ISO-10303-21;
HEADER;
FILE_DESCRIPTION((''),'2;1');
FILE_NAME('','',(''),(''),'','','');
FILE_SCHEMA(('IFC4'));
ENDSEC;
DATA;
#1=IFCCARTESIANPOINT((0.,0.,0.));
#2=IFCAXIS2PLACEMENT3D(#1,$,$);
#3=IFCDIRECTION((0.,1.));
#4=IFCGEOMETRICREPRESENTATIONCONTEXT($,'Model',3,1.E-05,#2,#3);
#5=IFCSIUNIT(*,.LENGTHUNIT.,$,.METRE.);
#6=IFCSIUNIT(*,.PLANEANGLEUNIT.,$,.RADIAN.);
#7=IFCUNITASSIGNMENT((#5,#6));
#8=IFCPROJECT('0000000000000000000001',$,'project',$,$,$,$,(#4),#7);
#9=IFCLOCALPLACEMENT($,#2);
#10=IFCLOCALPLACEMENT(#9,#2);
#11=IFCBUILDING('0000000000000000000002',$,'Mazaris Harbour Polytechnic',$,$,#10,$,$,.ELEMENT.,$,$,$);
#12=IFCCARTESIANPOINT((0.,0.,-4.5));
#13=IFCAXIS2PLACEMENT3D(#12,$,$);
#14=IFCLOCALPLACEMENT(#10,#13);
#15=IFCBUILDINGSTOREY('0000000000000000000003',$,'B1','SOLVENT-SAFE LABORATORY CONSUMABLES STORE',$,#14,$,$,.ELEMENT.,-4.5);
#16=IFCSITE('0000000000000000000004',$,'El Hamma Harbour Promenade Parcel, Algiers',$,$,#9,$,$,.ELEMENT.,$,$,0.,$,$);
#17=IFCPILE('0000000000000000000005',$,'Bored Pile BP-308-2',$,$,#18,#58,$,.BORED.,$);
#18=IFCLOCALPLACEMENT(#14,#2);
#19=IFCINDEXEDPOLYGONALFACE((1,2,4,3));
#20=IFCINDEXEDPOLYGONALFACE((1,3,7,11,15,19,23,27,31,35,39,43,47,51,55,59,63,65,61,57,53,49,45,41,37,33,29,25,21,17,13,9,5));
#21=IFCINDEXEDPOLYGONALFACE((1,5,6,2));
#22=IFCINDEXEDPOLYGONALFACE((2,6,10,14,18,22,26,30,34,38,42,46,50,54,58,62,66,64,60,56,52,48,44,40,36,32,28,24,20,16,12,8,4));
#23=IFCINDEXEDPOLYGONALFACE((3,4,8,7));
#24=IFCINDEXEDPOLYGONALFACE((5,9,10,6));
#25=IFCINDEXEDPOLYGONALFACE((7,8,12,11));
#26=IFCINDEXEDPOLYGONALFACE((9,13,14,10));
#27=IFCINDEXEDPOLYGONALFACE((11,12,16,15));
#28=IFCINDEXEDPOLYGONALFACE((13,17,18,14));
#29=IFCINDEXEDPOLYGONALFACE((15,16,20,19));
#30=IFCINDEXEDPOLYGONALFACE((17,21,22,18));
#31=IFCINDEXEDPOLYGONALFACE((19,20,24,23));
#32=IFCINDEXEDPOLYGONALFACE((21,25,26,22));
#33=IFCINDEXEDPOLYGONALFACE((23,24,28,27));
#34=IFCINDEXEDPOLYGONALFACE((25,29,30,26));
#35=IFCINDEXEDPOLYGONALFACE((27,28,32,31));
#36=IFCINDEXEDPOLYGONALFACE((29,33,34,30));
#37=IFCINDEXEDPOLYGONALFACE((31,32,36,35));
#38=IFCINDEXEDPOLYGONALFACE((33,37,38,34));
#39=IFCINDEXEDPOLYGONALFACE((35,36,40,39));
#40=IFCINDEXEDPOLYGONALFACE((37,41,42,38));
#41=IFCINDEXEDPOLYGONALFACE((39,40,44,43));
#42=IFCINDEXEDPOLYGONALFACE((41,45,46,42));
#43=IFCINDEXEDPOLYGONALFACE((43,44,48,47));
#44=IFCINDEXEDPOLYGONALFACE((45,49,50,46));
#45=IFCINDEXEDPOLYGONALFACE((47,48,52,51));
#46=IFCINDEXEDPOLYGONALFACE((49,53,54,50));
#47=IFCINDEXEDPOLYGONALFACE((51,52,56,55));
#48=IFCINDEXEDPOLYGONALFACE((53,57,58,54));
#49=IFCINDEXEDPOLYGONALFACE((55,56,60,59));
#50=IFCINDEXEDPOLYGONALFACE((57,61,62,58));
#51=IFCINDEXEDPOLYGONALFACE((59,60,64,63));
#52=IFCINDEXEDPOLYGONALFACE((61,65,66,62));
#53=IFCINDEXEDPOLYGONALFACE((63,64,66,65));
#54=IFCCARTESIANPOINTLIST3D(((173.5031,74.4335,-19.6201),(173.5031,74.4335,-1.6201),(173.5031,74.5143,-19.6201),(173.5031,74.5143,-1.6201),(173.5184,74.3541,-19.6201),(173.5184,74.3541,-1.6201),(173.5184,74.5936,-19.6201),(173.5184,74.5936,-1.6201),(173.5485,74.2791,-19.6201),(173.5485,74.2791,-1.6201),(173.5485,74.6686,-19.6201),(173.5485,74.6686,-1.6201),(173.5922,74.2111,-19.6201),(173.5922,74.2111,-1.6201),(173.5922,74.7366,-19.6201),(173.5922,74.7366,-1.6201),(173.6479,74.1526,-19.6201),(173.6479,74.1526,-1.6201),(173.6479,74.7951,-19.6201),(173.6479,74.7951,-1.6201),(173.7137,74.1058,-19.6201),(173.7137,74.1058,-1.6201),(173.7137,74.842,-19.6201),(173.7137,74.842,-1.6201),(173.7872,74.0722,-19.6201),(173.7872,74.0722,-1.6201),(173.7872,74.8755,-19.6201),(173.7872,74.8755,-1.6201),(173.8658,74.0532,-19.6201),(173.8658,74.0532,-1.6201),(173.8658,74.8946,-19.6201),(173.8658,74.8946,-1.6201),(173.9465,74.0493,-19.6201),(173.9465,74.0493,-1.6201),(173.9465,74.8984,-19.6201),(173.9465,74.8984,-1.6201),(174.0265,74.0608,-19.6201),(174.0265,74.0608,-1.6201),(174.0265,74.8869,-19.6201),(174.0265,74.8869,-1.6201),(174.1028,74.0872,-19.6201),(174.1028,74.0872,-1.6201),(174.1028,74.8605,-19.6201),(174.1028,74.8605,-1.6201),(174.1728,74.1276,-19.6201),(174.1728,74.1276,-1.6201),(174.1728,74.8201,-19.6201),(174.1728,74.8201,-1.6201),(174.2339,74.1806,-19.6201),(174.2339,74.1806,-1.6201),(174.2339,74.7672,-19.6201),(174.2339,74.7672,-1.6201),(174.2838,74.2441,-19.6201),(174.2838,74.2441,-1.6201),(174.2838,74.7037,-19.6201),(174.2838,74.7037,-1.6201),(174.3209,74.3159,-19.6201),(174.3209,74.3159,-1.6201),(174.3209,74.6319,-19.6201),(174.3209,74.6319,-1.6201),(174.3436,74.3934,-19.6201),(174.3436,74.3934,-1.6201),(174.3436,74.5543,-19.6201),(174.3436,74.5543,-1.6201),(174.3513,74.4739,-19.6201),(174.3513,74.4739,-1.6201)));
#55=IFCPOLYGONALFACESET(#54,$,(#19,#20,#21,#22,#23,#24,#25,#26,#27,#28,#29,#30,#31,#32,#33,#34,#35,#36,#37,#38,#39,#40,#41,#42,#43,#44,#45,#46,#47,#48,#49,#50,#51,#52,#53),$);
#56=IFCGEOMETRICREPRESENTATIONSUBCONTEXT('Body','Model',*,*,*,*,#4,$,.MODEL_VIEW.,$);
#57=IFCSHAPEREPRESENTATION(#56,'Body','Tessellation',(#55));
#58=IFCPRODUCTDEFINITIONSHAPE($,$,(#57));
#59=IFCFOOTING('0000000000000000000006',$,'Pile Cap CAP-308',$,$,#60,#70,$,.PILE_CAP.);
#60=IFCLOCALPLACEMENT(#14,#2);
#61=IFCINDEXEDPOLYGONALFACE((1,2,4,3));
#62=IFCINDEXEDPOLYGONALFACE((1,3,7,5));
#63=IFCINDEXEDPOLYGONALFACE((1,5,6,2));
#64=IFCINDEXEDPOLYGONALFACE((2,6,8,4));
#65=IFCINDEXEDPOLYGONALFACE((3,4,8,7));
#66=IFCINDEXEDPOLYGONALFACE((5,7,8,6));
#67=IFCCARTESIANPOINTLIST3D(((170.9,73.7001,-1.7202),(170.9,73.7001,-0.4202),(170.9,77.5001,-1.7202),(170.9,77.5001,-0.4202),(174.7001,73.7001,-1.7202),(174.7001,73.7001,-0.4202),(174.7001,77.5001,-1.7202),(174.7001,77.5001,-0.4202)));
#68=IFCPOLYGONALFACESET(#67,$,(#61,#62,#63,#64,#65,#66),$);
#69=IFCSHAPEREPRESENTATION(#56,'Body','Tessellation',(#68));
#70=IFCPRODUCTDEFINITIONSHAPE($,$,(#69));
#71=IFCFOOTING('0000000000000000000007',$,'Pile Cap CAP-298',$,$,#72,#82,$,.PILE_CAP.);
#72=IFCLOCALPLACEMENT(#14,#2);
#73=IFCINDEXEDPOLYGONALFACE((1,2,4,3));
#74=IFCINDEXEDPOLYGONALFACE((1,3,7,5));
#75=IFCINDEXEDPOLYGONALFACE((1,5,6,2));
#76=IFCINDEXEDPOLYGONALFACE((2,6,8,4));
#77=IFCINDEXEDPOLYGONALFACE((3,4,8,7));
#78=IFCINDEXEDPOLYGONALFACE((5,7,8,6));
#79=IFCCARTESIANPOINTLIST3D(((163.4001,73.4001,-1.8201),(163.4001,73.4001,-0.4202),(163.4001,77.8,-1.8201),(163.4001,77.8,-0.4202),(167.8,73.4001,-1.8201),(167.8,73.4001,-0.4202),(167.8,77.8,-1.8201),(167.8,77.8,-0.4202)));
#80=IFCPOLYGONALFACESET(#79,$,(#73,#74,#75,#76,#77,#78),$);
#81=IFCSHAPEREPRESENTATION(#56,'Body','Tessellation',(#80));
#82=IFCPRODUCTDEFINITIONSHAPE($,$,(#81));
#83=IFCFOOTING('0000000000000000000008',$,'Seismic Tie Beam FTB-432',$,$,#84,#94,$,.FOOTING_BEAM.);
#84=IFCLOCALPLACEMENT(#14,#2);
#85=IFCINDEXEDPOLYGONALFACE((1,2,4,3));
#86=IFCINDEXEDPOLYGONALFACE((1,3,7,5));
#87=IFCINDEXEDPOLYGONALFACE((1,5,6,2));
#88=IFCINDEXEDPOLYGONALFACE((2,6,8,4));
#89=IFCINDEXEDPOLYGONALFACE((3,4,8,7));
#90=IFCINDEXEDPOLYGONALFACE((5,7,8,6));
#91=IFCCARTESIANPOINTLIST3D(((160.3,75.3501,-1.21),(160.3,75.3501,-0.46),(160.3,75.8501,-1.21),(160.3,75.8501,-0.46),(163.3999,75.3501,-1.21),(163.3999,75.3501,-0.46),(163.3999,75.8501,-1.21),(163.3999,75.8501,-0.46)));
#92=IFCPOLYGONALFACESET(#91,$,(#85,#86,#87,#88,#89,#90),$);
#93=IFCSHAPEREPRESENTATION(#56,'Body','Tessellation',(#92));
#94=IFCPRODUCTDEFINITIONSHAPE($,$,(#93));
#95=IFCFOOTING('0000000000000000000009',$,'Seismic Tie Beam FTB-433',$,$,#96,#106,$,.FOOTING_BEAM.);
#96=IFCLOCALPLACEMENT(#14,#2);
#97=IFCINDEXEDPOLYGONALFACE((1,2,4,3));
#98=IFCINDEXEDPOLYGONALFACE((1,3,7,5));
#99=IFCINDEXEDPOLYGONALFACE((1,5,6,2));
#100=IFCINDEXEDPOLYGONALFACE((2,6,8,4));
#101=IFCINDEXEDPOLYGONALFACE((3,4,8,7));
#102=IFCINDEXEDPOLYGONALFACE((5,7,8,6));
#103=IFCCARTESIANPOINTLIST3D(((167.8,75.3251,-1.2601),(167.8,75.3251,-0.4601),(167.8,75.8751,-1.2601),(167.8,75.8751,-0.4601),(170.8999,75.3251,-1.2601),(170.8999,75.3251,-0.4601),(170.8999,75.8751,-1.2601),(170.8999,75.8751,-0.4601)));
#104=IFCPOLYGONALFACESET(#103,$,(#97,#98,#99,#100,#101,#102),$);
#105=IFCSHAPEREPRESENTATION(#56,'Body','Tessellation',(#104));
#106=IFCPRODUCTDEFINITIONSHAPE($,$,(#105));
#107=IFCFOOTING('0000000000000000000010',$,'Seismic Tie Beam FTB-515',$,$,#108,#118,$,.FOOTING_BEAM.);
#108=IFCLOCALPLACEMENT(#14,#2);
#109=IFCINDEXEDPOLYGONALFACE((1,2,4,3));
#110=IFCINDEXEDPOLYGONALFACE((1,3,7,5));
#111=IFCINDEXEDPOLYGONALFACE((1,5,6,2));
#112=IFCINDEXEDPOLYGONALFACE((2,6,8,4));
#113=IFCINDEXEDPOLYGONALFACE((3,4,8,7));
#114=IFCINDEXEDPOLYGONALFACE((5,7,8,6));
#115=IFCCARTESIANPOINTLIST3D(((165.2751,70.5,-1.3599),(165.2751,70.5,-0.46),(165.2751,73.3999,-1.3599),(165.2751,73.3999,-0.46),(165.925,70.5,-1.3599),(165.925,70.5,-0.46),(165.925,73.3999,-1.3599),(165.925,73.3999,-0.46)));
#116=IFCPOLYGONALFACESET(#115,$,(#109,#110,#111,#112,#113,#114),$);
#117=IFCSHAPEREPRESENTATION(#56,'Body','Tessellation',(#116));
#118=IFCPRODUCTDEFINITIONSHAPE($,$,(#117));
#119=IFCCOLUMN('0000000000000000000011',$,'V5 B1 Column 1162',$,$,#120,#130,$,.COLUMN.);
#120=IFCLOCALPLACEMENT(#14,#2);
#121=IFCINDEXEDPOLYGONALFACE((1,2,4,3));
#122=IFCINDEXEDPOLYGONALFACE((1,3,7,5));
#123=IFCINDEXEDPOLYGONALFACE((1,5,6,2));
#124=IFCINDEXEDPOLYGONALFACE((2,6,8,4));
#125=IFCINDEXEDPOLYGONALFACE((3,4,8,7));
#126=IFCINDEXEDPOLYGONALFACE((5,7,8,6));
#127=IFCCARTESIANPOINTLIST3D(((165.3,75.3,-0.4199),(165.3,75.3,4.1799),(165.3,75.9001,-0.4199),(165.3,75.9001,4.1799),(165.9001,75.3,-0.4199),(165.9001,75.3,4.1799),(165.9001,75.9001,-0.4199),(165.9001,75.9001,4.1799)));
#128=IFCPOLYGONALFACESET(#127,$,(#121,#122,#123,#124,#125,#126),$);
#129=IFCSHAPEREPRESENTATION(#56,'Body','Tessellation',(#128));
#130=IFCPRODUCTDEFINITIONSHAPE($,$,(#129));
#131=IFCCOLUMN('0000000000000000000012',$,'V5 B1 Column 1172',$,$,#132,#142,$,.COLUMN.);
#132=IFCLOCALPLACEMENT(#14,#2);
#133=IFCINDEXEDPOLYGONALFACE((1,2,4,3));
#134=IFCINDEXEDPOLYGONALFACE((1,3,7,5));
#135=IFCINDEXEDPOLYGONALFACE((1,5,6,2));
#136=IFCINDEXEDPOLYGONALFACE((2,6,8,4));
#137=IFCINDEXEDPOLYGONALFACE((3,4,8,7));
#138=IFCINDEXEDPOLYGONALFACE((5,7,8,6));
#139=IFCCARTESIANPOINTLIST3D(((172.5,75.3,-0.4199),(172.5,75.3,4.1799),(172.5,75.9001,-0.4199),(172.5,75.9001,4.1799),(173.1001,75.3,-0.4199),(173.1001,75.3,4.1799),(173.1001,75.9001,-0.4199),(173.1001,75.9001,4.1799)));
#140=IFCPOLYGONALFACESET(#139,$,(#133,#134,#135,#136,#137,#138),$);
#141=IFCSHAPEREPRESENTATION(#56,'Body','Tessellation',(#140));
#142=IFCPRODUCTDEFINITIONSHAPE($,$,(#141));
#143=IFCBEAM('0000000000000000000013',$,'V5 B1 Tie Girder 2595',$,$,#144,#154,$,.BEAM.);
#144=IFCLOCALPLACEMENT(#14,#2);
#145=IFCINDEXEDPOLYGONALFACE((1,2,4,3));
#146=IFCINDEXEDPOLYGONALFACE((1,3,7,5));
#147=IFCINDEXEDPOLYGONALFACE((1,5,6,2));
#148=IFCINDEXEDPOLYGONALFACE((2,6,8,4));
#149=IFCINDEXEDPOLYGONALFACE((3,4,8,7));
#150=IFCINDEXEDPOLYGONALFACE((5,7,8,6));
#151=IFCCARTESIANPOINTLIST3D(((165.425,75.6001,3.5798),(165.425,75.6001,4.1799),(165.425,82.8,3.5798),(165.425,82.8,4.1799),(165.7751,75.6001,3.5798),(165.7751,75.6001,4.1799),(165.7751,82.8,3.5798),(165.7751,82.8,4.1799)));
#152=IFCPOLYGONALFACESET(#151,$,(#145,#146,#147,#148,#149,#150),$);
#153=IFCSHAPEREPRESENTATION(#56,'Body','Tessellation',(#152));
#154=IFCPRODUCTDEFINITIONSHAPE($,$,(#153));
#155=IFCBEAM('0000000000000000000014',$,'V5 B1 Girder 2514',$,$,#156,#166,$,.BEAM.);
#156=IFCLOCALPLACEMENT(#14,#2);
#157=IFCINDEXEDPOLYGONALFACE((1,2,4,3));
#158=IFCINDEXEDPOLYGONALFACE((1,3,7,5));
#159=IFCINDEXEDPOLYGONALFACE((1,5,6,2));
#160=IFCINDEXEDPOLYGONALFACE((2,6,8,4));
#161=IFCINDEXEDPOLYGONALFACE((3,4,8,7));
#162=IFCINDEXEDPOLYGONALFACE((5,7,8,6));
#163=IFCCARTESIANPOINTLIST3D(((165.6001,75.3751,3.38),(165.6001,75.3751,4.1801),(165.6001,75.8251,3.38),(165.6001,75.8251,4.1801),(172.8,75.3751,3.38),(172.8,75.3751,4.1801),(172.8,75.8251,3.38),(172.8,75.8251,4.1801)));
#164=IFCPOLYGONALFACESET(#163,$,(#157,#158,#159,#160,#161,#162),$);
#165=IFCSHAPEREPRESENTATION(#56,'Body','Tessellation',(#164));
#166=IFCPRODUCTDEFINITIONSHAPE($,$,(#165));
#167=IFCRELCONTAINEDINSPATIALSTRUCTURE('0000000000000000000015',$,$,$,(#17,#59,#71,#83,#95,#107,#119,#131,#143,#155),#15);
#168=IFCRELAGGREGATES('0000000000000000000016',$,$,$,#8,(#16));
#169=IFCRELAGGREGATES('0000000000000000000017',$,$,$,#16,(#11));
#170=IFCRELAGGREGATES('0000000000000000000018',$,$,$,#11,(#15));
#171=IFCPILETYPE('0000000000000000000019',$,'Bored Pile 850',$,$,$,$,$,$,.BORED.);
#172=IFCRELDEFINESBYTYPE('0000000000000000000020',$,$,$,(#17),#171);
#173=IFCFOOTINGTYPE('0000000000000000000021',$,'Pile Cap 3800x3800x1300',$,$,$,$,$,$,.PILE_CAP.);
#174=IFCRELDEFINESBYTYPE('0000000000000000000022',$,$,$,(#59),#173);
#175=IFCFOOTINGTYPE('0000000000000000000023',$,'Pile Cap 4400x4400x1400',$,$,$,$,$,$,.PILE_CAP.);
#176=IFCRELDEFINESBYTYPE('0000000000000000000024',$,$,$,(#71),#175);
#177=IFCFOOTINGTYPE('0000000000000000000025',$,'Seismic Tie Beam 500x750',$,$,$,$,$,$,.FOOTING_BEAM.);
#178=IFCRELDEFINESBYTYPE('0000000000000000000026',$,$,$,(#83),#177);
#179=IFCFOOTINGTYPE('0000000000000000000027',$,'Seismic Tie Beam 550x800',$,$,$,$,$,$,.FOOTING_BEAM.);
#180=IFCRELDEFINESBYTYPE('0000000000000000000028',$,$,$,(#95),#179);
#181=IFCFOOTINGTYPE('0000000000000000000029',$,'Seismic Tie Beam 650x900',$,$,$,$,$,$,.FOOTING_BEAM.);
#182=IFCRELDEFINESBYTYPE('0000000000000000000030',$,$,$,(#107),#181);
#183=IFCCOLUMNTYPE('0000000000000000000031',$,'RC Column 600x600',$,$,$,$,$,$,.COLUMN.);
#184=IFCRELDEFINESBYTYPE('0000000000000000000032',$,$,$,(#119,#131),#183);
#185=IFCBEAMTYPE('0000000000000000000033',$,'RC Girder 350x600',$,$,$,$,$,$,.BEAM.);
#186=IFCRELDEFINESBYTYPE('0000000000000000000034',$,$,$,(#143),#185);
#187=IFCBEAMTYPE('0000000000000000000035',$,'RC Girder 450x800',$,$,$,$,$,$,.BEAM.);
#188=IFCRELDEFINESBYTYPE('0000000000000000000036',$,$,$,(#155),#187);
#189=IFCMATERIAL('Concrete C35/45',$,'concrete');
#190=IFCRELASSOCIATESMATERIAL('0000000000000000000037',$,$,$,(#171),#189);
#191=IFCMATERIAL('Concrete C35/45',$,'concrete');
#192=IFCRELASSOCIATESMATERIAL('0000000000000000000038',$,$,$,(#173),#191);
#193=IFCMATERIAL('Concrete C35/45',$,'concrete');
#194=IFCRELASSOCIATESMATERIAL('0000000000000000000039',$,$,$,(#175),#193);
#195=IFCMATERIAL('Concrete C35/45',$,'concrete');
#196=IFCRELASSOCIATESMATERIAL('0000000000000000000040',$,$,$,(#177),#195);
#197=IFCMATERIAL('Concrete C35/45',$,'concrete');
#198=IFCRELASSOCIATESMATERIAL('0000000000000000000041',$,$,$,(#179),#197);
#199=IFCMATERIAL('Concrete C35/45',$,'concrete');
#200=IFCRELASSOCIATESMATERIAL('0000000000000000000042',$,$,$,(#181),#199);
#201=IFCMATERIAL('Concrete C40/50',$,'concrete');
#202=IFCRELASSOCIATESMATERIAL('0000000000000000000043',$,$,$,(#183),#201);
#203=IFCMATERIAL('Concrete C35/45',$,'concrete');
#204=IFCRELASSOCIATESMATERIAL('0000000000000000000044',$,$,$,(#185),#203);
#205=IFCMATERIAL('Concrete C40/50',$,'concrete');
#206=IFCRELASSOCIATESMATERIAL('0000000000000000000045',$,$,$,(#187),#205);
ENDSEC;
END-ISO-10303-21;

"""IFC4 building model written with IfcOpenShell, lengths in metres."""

from ifc_helpers import new_model, si_unit, direction, frame, origin, origin_2d, place, context, subcontext, project, spatial, rectangle, circle, extrude, material, material_profile, profile_set, type_object, element, save


model = new_model("IFC4")

# Units and contexts
model_context = context("Model", 3, precision=1e-05, world=origin(), true_north=direction((0.0, 1.0)))
body_context = subcontext(model_context, "Body", "Model", "MODEL_VIEW")
ifc_project = project(units=[si_unit("LENGTHUNIT", "METRE"), si_unit("PLANEANGLEUNIT", "RADIAN")], contexts=[model_context])

# Site, building, storey
site_placement = place(None, origin())
site = spatial("IfcSite", under=ifc_project, at=site_placement, Name="El Hamma Harbour Promenade Parcel, Algiers", CompositionType="ELEMENT", RefElevation=0.0)
building_placement = place(site_placement, origin())
building = spatial("IfcBuilding", under=site, at=building_placement, Name="Mazaris Harbour Polytechnic", CompositionType="ELEMENT")
storey_placement = place(building_placement, frame((0.0, 0.0, -4.5)))
storey = spatial("IfcBuildingStorey", under=building, at=storey_placement, Name="B1", Description="SOLVENT-SAFE LABORATORY CONSUMABLES STORE", CompositionType="ELEMENT", Elevation=-4.5)

# Pile
ifc_material_1 = material(Name="Concrete C35/45", Category="concrete")
ifc_material_profile_1 = material_profile(ifc_material_1, circle(Radius=0.425, at=origin_2d()), Name="DIA850")
ifc_profile_set_1 = profile_set([ifc_material_profile_1], Name="Concrete C35/45")
pile_type_1 = type_object("IfcPileType", Name="Bored Pile 850", PredefinedType="BORED", material=ifc_profile_set_1)
for number, where, z_axis, x_axis, name in (
    (1, (173.9263, 74.4739, -1.6201), (0.0, 0.0, -1.0), (1.0, 0.0, 0.0), "Bored Pile BP-308-2"),
):
    element("IfcPile", number, at=place(storey_placement, frame(where, z_axis=z_axis, x_axis=x_axis)), inside=storey, type_object=pile_type_1, Name=name, PredefinedType="BORED", context=body_context, shape_type="SweptSolid", body=[
        extrude(circle(Radius=0.425, at=origin_2d()), origin(), (0.0, 0.0, 1.0), 18.0),
    ])

# Footings
ifc_material_2 = material(Name="Concrete C35/45", Category="concrete")
footing_type_1 = type_object("IfcFootingType", Name="Pile Cap 3800x3800x1300", PredefinedType="PILE_CAP", material=ifc_material_2)
footing_1_placement = place(storey_placement, frame((172.8, 75.6001, -1.7202), z_axis=(0.0, 0.0, 1.0), x_axis=(1.0, 0.0, 0.0)))
element("IfcFooting", 2, at=footing_1_placement, inside=storey, type_object=footing_type_1, Name="Pile Cap CAP-308", PredefinedType="PILE_CAP", context=body_context, shape_type="SweptSolid", body=[
    extrude(rectangle(XDim=3.8, YDim=3.8, at=origin_2d()), origin(), (0.0, 0.0, 1.0), 1.3),
])
ifc_material_3 = material(Name="Concrete C35/45", Category="concrete")
footing_type_2 = type_object("IfcFootingType", Name="Pile Cap 4400x4400x1400", PredefinedType="PILE_CAP", material=ifc_material_3)
footing_2_placement = place(storey_placement, frame((165.6001, 75.6001, -1.8201), z_axis=(0.0, 0.0, 1.0), x_axis=(1.0, 0.0, 0.0)))
element("IfcFooting", 3, at=footing_2_placement, inside=storey, type_object=footing_type_2, Name="Pile Cap CAP-298", PredefinedType="PILE_CAP", context=body_context, shape_type="SweptSolid", body=[
    extrude(rectangle(XDim=4.3999, YDim=4.3999, at=origin_2d()), origin(), (0.0, 0.0, 1.0), 1.3999),
])
ifc_material_4 = material(Name="Concrete C35/45", Category="concrete")
ifc_material_profile_2 = material_profile(ifc_material_4, rectangle(XDim=0.5, YDim=0.75, at=origin_2d()), Name="RECT500x750")
ifc_profile_set_2 = profile_set([ifc_material_profile_2], Name="Concrete C35/45")
footing_type_3 = type_object("IfcFootingType", Name="Seismic Tie Beam 500x750", PredefinedType="FOOTING_BEAM", material=ifc_profile_set_2)
footing_3_placement = place(storey_placement, frame((160.3, 75.6001, -0.835), z_axis=(1.0, 0.0, 0.0), x_axis=(0.0, 1.0, 0.0)))
element("IfcFooting", 4, at=footing_3_placement, inside=storey, type_object=footing_type_3, Name="Seismic Tie Beam FTB-432", PredefinedType="FOOTING_BEAM", context=body_context, shape_type="SweptSolid", body=[
    extrude(rectangle(XDim=0.5, YDim=0.75, at=origin_2d()), origin(), (0.0, 0.0, 1.0), 3.0999),
])
ifc_material_5 = material(Name="Concrete C35/45", Category="concrete")
ifc_material_profile_3 = material_profile(ifc_material_5, rectangle(XDim=0.55, YDim=0.8, at=origin_2d()), Name="RECT550x800")
ifc_profile_set_3 = profile_set([ifc_material_profile_3], Name="Concrete C35/45")
footing_type_4 = type_object("IfcFootingType", Name="Seismic Tie Beam 550x800", PredefinedType="FOOTING_BEAM", material=ifc_profile_set_3)
footing_4_placement = place(storey_placement, frame((167.8, 75.6001, -0.8601), z_axis=(1.0, 0.0, 0.0), x_axis=(0.0, 1.0, 0.0)))
element("IfcFooting", 5, at=footing_4_placement, inside=storey, type_object=footing_type_4, Name="Seismic Tie Beam FTB-433", PredefinedType="FOOTING_BEAM", context=body_context, shape_type="SweptSolid", body=[
    extrude(rectangle(XDim=0.55, YDim=0.8, at=origin_2d()), origin(), (0.0, 0.0, 1.0), 3.0999),
])
ifc_material_6 = material(Name="Concrete C35/45", Category="concrete")
ifc_material_profile_4 = material_profile(ifc_material_6, rectangle(XDim=0.6499, YDim=0.8999, at=origin_2d()), Name="RECT650x900")
ifc_profile_set_4 = profile_set([ifc_material_profile_4], Name="Concrete C35/45")
footing_type_5 = type_object("IfcFootingType", Name="Seismic Tie Beam 650x900", PredefinedType="FOOTING_BEAM", material=ifc_profile_set_4)
footing_5_placement = place(storey_placement, frame((165.6001, 70.5, -0.9099), z_axis=(0.0, 1.0, 0.0), x_axis=(-1.0, 0.0, 0.0)))
element("IfcFooting", 6, at=footing_5_placement, inside=storey, type_object=footing_type_5, Name="Seismic Tie Beam FTB-515", PredefinedType="FOOTING_BEAM", context=body_context, shape_type="SweptSolid", body=[
    extrude(rectangle(XDim=0.6499, YDim=0.8999, at=origin_2d()), origin(), (0.0, 0.0, 1.0), 2.8999),
])

# Columns
ifc_material_7 = material(Name="Concrete C40/50", Category="concrete")
ifc_material_profile_5 = material_profile(ifc_material_7, rectangle(XDim=0.6001, YDim=0.6001, at=origin_2d()), Name="RECT600x600")
ifc_profile_set_5 = profile_set([ifc_material_profile_5], Name="Concrete C40/50")
column_type = type_object("IfcColumnType", Name="RC Column 600x600", PredefinedType="COLUMN", material=ifc_profile_set_5)
for number, where, z_axis, x_axis, name in (
    (7, (165.6001, 75.6001, -0.4199), (0.0, 0.0, 1.0), (1.0, 0.0, 0.0), "V5 B1 Column 1162"),
    (8, (172.8, 75.6001, -0.4199), (0.0, 0.0, 1.0), (1.0, 0.0, 0.0), "V5 B1 Column 1172"),
):
    element("IfcColumn", number, at=place(storey_placement, frame(where, z_axis=z_axis, x_axis=x_axis)), inside=storey, type_object=column_type, Name=name, PredefinedType="COLUMN", context=body_context, shape_type="SweptSolid", body=[
        extrude(rectangle(XDim=0.6001, YDim=0.6001, at=origin_2d()), origin(), (0.0, 0.0, 1.0), 4.5999),
    ])

# Beams
ifc_material_8 = material(Name="Concrete C35/45", Category="concrete")
ifc_material_profile_6 = material_profile(ifc_material_8, rectangle(XDim=0.3501, YDim=0.6001, at=origin_2d()), Name="RECT350x600")
ifc_profile_set_6 = profile_set([ifc_material_profile_6], Name="Concrete C35/45")
beam_type_1 = type_object("IfcBeamType", Name="RC Girder 350x600", PredefinedType="BEAM", material=ifc_profile_set_6)
beam_1_placement = place(storey_placement, frame((165.6001, 75.6001, 3.8799), z_axis=(0.0, 1.0, 0.0), x_axis=(-1.0, 0.0, 0.0)))
element("IfcBeam", 9, at=beam_1_placement, inside=storey, type_object=beam_type_1, Name="V5 B1 Tie Girder 2595", PredefinedType="BEAM", context=body_context, shape_type="SweptSolid", body=[
    extrude(rectangle(XDim=0.3501, YDim=0.6001, at=origin_2d()), origin(), (0.0, 0.0, 1.0), 7.2),
])
ifc_material_9 = material(Name="Concrete C40/50", Category="concrete")
ifc_material_profile_7 = material_profile(ifc_material_9, rectangle(XDim=0.45, YDim=0.8, at=origin_2d()), Name="RECT450x800")
ifc_profile_set_7 = profile_set([ifc_material_profile_7], Name="Concrete C40/50")
beam_type_2 = type_object("IfcBeamType", Name="RC Girder 450x800", PredefinedType="BEAM", material=ifc_profile_set_7)
beam_2_placement = place(storey_placement, frame((165.6001, 75.6001, 3.78), z_axis=(1.0, 0.0, 0.0), x_axis=(0.0, 1.0, 0.0)))
element("IfcBeam", 10, at=beam_2_placement, inside=storey, type_object=beam_type_2, Name="V5 B1 Girder 2514", PredefinedType="BEAM", context=body_context, shape_type="SweptSolid", body=[
    extrude(rectangle(XDim=0.45, YDim=0.8, at=origin_2d()), origin(), (0.0, 0.0, 1.0), 7.2),
])

save(model, "model.ifc")
